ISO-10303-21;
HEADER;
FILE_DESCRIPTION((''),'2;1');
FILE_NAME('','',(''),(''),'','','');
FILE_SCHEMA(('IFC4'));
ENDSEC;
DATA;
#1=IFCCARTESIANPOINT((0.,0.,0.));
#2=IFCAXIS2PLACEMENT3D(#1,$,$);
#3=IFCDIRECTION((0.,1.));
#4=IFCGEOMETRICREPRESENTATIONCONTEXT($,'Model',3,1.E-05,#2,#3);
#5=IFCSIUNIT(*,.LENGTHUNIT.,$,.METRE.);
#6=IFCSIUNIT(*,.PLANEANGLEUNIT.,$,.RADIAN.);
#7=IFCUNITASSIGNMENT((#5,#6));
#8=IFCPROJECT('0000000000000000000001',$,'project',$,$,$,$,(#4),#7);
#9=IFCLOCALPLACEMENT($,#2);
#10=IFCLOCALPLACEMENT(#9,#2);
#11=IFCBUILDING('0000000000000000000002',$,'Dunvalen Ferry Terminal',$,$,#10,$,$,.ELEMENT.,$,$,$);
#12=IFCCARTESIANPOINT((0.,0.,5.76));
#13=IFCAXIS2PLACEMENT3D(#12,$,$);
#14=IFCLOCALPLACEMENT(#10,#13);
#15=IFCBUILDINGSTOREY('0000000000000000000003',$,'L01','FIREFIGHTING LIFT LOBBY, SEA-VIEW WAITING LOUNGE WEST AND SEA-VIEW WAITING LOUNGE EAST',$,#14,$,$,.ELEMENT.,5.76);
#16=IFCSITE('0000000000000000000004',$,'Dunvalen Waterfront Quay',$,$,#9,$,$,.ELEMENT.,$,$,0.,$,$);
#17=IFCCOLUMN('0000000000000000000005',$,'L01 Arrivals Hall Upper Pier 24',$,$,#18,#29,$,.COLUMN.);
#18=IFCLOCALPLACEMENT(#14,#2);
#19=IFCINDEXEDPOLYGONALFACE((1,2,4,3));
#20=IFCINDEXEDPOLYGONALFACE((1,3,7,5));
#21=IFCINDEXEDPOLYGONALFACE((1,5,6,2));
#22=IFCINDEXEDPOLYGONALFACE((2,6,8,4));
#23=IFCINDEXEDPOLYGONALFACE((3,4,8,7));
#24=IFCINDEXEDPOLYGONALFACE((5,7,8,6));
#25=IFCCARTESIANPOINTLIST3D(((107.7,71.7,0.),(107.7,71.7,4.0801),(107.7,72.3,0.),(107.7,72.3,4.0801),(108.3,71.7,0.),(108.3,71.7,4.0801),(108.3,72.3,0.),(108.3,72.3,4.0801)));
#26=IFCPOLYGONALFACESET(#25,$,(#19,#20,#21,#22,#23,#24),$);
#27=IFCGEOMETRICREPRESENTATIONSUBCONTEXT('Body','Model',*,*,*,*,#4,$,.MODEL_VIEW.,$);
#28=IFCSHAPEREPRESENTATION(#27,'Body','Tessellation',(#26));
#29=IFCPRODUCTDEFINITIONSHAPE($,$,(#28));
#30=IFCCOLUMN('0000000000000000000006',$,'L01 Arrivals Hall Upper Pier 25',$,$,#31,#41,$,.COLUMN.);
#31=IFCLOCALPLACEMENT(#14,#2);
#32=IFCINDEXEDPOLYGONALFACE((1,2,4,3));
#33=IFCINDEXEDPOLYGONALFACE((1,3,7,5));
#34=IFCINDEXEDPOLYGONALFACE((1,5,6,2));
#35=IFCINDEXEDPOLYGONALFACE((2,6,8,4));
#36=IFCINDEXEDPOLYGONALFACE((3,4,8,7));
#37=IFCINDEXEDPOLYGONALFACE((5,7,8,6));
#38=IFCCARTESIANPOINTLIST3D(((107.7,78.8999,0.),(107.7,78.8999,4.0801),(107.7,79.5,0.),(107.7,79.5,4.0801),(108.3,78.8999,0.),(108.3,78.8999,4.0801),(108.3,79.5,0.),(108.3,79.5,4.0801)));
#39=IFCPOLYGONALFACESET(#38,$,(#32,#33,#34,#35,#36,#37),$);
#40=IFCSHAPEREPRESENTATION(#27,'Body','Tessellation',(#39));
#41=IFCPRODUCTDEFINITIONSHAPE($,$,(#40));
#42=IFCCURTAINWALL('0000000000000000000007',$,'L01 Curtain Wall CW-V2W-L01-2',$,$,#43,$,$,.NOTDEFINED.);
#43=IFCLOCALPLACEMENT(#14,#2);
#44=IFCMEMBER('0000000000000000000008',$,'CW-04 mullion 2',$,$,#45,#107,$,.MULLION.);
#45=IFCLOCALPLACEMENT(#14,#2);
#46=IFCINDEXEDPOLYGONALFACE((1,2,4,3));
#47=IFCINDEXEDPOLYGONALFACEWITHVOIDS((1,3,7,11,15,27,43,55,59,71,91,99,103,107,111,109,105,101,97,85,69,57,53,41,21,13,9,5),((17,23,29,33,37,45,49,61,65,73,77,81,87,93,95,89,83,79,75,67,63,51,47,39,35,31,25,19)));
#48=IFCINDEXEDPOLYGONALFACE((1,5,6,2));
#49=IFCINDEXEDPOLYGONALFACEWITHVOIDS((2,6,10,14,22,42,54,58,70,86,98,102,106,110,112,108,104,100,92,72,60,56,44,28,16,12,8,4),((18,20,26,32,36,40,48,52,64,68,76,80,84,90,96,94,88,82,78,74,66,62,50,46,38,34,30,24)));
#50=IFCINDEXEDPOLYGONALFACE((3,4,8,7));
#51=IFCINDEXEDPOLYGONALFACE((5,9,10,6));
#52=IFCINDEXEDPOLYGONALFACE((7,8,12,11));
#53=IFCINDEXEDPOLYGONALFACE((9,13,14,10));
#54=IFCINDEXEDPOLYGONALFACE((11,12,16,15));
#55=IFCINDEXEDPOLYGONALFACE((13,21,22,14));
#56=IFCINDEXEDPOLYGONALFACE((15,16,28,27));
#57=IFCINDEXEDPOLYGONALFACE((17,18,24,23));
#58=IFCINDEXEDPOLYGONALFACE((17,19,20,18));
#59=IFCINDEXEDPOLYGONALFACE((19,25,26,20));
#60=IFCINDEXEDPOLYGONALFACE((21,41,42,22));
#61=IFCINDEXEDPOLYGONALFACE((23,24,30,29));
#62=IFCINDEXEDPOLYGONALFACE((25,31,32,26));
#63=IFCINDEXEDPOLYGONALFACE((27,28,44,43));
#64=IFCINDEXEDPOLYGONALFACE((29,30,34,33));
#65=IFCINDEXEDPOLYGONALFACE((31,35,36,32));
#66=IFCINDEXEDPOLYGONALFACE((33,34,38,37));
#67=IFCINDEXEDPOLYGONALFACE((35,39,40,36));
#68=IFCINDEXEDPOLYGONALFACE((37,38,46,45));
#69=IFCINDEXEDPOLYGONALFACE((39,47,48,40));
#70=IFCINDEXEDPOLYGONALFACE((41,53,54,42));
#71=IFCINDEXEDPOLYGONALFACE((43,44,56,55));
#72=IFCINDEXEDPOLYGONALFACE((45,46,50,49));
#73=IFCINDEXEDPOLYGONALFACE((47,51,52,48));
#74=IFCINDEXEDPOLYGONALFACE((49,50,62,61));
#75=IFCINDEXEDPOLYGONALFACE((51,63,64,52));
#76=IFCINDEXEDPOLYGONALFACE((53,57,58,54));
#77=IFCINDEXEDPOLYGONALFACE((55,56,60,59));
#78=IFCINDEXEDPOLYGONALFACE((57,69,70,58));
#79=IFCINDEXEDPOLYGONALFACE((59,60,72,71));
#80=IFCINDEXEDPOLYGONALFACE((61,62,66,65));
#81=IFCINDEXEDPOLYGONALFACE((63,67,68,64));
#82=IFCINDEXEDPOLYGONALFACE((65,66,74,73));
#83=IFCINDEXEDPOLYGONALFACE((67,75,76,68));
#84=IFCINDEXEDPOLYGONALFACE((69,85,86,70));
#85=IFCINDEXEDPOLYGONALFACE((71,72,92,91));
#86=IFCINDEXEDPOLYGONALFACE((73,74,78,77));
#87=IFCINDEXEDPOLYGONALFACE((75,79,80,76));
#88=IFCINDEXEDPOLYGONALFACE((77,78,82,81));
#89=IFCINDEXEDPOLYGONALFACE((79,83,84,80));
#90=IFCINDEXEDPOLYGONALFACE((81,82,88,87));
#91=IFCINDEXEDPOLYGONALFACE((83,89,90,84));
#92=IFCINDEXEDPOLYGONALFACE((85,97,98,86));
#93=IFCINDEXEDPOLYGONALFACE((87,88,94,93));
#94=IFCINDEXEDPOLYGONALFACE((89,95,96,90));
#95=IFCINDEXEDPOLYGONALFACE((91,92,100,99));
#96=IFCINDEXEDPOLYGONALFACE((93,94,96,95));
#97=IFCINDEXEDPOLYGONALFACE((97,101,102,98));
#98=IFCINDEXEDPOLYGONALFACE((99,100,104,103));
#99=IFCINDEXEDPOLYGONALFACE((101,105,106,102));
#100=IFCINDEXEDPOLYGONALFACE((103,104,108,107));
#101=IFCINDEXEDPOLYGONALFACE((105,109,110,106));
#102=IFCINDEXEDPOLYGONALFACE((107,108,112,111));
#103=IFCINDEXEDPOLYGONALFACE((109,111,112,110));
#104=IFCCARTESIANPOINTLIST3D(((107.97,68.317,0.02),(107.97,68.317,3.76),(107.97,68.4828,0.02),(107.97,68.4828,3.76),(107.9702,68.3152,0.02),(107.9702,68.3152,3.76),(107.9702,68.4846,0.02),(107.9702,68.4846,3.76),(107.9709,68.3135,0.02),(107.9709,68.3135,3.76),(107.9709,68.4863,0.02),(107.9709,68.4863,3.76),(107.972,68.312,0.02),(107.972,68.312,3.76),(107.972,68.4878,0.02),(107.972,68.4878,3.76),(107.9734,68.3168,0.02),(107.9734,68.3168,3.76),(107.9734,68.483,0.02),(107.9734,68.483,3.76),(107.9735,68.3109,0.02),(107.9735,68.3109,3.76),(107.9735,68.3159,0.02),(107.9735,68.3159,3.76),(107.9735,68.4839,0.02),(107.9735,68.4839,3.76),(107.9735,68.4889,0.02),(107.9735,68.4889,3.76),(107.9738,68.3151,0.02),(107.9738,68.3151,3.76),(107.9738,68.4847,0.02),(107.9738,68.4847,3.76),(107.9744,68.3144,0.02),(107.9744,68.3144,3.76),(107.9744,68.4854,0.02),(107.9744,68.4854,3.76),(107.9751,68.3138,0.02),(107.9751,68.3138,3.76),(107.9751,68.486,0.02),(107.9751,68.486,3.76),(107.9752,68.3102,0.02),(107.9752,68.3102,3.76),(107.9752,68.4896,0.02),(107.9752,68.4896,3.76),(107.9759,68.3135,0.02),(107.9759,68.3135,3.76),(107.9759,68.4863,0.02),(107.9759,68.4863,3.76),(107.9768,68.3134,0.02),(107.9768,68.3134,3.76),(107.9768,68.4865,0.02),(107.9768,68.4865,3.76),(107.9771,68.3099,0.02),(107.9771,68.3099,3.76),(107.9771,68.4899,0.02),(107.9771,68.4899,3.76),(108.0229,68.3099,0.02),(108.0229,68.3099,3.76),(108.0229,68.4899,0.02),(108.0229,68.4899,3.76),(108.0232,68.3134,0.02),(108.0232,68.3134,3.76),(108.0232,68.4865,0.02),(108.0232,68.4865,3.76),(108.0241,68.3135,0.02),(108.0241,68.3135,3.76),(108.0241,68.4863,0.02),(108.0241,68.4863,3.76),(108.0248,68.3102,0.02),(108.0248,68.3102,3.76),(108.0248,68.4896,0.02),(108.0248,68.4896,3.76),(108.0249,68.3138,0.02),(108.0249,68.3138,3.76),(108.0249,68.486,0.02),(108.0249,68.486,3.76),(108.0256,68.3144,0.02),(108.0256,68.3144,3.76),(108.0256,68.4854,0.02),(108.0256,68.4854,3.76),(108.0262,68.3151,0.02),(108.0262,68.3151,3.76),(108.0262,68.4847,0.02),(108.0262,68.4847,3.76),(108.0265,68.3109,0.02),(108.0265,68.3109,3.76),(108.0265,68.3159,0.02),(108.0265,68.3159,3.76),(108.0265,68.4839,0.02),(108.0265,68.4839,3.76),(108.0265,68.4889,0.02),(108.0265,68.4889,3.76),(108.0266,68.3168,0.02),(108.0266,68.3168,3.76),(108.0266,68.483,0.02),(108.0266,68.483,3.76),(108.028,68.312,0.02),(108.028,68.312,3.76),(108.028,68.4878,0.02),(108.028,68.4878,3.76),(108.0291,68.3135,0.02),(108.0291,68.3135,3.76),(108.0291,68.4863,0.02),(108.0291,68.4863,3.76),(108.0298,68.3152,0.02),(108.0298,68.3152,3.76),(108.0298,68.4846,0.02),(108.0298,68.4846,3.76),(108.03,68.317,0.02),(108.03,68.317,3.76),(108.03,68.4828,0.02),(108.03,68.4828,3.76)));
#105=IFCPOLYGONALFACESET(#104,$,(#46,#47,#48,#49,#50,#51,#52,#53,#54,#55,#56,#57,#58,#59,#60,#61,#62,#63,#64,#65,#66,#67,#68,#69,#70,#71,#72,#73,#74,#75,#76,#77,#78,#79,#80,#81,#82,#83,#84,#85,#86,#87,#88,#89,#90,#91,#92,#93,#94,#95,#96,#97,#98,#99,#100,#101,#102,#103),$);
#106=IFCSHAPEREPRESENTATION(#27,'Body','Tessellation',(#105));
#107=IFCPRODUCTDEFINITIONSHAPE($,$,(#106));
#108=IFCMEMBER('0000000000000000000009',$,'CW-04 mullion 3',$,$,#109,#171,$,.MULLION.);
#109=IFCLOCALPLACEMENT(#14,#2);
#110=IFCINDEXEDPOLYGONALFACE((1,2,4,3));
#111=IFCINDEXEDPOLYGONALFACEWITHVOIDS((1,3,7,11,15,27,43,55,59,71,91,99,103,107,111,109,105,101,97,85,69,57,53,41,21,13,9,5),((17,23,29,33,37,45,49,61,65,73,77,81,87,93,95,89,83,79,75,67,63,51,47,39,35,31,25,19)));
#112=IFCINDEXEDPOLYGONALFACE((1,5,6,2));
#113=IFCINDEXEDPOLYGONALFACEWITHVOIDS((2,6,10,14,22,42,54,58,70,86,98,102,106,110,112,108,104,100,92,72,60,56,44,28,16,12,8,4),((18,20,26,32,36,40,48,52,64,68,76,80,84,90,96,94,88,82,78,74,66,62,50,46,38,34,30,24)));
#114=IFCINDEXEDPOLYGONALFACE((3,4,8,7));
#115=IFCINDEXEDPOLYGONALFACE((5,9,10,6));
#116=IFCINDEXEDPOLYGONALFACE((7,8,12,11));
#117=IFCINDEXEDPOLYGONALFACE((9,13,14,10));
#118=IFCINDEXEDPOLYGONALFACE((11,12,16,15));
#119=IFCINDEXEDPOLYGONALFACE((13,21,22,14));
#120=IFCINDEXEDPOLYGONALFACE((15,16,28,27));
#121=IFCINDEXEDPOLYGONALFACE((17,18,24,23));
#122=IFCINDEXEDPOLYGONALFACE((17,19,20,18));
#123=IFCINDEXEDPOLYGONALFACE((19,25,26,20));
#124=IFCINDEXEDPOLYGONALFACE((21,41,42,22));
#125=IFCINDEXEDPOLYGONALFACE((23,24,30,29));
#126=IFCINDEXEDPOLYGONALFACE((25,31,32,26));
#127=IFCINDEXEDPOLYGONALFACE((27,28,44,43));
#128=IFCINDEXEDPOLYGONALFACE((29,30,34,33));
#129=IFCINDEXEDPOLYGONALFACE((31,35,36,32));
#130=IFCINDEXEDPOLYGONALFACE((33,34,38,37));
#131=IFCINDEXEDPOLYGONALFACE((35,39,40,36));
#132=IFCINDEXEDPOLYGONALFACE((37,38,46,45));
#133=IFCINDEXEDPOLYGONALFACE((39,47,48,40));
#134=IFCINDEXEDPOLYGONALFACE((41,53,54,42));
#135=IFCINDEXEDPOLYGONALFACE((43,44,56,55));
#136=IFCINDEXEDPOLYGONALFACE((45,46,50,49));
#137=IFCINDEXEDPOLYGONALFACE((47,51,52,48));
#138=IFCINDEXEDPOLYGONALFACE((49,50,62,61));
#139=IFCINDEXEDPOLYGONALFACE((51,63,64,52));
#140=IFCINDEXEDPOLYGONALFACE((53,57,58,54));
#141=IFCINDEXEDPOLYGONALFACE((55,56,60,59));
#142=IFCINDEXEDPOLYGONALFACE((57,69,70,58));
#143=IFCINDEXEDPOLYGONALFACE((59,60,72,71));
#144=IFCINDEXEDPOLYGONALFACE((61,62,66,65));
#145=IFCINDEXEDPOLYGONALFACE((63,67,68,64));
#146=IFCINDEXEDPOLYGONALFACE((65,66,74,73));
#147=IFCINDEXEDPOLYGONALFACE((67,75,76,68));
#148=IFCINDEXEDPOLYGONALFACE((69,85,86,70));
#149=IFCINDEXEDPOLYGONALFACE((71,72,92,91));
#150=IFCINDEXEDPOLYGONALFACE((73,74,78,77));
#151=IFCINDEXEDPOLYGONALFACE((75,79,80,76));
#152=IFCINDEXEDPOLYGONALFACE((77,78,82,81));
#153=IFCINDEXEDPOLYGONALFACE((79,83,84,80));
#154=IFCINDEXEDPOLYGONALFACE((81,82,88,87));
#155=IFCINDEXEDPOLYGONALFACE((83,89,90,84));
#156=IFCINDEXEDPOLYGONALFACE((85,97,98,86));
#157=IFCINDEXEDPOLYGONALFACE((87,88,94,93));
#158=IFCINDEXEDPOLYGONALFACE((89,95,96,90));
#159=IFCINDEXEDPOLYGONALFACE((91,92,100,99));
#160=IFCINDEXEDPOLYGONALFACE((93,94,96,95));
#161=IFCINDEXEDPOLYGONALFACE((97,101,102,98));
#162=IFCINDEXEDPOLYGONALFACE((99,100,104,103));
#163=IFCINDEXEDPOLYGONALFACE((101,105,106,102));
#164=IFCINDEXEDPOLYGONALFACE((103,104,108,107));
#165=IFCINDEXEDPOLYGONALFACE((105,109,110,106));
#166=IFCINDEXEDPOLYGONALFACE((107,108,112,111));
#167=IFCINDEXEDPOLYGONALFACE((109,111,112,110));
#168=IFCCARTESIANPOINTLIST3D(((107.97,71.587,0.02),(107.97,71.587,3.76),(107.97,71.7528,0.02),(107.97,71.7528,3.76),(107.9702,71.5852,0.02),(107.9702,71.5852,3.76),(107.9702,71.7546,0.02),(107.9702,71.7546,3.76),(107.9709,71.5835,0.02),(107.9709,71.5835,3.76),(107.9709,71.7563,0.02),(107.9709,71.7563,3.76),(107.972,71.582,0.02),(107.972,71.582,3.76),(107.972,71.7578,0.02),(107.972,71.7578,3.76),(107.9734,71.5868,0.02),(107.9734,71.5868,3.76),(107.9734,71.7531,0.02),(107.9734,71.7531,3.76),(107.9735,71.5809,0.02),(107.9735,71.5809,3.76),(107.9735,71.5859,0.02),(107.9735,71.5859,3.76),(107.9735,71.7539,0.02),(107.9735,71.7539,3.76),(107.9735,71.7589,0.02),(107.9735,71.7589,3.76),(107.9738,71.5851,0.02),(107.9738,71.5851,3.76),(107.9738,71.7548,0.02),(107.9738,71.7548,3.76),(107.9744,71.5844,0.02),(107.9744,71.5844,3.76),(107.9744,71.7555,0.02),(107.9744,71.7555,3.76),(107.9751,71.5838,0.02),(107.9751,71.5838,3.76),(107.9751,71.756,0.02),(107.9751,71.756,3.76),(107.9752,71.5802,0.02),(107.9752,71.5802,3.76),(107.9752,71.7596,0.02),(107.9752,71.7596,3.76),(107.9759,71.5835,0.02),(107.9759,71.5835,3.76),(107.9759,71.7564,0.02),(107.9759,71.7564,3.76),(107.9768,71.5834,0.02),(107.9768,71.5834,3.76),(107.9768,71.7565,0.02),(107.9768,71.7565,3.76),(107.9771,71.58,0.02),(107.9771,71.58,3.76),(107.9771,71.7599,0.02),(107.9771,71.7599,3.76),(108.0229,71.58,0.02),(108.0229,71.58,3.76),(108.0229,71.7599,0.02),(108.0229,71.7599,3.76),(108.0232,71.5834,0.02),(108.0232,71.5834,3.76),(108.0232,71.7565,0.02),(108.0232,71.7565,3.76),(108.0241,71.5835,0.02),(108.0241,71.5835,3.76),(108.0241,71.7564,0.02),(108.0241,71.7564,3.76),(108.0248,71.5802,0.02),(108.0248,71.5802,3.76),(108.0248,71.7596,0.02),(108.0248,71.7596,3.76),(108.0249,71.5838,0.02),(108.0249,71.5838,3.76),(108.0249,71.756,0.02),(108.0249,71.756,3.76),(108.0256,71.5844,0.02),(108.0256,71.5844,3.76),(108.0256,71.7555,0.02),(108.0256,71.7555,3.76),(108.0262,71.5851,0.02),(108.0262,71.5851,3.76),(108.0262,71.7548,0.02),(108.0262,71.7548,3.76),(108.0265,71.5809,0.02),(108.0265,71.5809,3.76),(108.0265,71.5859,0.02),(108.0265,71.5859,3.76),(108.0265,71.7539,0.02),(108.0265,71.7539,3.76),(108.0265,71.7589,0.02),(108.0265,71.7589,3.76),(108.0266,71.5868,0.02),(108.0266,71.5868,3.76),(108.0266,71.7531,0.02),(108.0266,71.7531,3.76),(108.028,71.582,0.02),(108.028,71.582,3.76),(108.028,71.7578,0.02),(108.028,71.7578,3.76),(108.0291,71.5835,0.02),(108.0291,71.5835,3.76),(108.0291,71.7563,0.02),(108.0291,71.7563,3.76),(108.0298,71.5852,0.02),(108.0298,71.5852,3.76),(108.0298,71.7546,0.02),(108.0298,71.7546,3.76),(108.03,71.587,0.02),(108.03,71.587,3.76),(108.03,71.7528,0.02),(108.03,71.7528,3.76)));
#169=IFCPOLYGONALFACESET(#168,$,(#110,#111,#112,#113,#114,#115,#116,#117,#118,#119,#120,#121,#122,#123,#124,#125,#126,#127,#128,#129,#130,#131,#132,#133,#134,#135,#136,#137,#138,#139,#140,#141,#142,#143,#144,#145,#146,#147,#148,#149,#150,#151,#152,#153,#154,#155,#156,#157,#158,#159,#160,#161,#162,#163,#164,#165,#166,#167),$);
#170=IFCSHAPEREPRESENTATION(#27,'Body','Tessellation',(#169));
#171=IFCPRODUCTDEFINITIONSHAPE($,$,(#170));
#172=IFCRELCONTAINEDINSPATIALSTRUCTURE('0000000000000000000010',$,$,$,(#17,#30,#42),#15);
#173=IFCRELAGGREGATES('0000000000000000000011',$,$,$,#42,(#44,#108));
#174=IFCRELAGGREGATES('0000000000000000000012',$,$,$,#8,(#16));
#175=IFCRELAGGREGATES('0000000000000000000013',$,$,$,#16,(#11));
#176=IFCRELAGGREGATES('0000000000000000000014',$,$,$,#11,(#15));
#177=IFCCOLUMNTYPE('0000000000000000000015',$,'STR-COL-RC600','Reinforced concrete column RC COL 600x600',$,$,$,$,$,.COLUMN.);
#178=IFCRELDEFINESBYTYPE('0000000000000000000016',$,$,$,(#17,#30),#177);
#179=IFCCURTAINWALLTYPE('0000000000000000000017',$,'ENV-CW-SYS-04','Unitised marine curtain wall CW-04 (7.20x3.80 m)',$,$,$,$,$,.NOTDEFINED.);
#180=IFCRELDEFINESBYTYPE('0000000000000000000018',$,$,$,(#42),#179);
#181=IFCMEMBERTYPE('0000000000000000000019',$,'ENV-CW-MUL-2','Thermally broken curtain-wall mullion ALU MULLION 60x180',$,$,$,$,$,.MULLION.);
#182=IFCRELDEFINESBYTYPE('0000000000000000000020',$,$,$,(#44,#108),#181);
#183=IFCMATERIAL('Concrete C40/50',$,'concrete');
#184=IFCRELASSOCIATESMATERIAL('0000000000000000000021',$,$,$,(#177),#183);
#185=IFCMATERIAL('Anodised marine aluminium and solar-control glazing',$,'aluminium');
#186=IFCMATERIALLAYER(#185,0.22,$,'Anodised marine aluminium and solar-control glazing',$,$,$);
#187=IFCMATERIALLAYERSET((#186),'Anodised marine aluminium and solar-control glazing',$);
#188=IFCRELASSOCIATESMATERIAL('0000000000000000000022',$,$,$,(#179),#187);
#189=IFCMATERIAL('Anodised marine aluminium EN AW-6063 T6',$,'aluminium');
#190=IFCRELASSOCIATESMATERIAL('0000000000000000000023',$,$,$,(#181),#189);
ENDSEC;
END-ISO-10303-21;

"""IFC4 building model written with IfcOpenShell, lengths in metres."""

from ifc_helpers import new_model, si_unit, direction, frame, origin, origin_2d, place, context, subcontext, project, spatial, rectangle, hollow_rectangle, extrude, material, layer, layer_set, material_profile, profile_set, type_object, element, aggregate, save


model = new_model("IFC4")

# Units and contexts
model_context = context("Model", 3, precision=1e-05, world=origin(), true_north=direction((0.0, 1.0)))
body_context = subcontext(model_context, "Body", "Model", "MODEL_VIEW")
ifc_project = project(units=[si_unit("LENGTHUNIT", "METRE"), si_unit("PLANEANGLEUNIT", "RADIAN")], contexts=[model_context])

# Site, building, storey
site_placement = place(None, origin())
site = spatial("IfcSite", under=ifc_project, at=site_placement, Name="Dunvalen Waterfront Quay", CompositionType="ELEMENT", RefElevation=0.0)
building_placement = place(site_placement, origin())
building = spatial("IfcBuilding", under=site, at=building_placement, Name="Dunvalen Ferry Terminal", CompositionType="ELEMENT")
storey_placement = place(building_placement, frame((0.0, 0.0, 5.76)))
storey = spatial("IfcBuildingStorey", under=building, at=storey_placement, Name="L01", Description="FIREFIGHTING LIFT LOBBY, SEA-VIEW WAITING LOUNGE WEST AND SEA-VIEW WAITING LOUNGE EAST", CompositionType="ELEMENT", Elevation=5.76)

# Columns
ifc_material_1 = material(Name="Concrete C40/50", Category="concrete")
ifc_material_profile_1 = material_profile(ifc_material_1, rectangle(XDim=0.6001, YDim=0.6001, at=origin_2d()), Name="Concrete C40/50")
ifc_profile_set_1 = profile_set([ifc_material_profile_1], Name="Concrete C40/50")
column_type = type_object("IfcColumnType", Name="STR-COL-RC600", Description="Reinforced concrete column RC COL 600x600", PredefinedType="COLUMN", material=ifc_profile_set_1)
for number, where, z_axis, x_axis, name in (
    (1, (108.0, 72.0, 0.0), (0.0, 0.0, 1.0), (1.0, 0.0, 0.0), "L01 Arrivals Hall Upper Pier 24"),
    (2, (108.0, 79.2, 0.0), (0.0, 0.0, 1.0), (1.0, 0.0, 0.0), "L01 Arrivals Hall Upper Pier 25"),
):
    element("IfcColumn", number, at=place(storey_placement, frame(where, z_axis=z_axis, x_axis=x_axis)), inside=storey, type_object=column_type, Name=name, PredefinedType="COLUMN", context=body_context, shape_type="SweptSolid", body=[
        extrude(rectangle(XDim=0.6001, YDim=0.6001, at=origin_2d()), origin(), (0.0, 0.0, 1.0), 4.0801),
    ])

# Curtain wall, members
ifc_material_2 = material(Name="Anodised marine aluminium and solar-control glazing", Category="aluminium")
ifc_layer_1 = layer(ifc_material_2, 0.22, Name="Anodised marine aluminium and solar-control glazing")
ifc_layer_set_1 = layer_set([ifc_layer_1], Name="Anodised marine aluminium and solar-control glazing")
curtain_wall_type_1 = type_object("IfcCurtainWallType", Name="ENV-CW-SYS-04", Description="Unitised marine curtain wall CW-04 (7.20x3.80 m)", PredefinedType="NOTDEFINED", material=ifc_layer_set_1)
curtain_wall_1_placement = place(storey_placement, origin())
curtain_wall_1 = element("IfcCurtainWall", 3, at=curtain_wall_1_placement, inside=storey, type_object=curtain_wall_type_1, Name="L01 Curtain Wall CW-V2W-L01-2", PredefinedType="NOTDEFINED")
ifc_material_3 = material(Name="Anodised marine aluminium EN AW-6063 T6", Category="aluminium")
ifc_material_profile_2 = material_profile(ifc_material_3, hollow_rectangle(XDim=0.0601, YDim=0.1799, WallThickness=0.0034, InnerFilletRadius=0.0034, OuterFilletRadius=0.0071, at=origin_2d()), Name="Anodised marine aluminium EN AW-6063 T6")
ifc_profile_set_2 = profile_set([ifc_material_profile_2], Name="Anodised marine aluminium EN AW-6063 T6")
member_type_1 = type_object("IfcMemberType", Name="ENV-CW-MUL-2", Description="Thermally broken curtain-wall mullion ALU MULLION 60x180", PredefinedType="MULLION", material=ifc_profile_set_2)
member_1_placement = place(storey_placement, frame((108.0, 68.3999, 0.02), z_axis=(0.0, 0.0, 1.0), x_axis=(-1.0, 0.0, 0.0)))
member_1 = element("IfcMember", 4, at=member_1_placement, type_object=member_type_1, Name="CW-04 mullion 2", PredefinedType="MULLION", context=body_context, shape_type="SweptSolid", body=[
    extrude(hollow_rectangle(XDim=0.0601, YDim=0.1799, WallThickness=0.0034, InnerFilletRadius=0.0034, OuterFilletRadius=0.0071, at=origin_2d()), origin(), (0.0, 0.0, 1.0), 3.74),
])
member_2_placement = place(storey_placement, frame((108.0, 71.6699, 0.02), z_axis=(0.0, 0.0, 1.0), x_axis=(-1.0, 0.0, 0.0)))
member_2 = element("IfcMember", 5, at=member_2_placement, type_object=member_type_1, Name="CW-04 mullion 3", PredefinedType="MULLION", context=body_context, shape_type="SweptSolid", body=[
    extrude(hollow_rectangle(XDim=0.0601, YDim=0.1799, WallThickness=0.0034, InnerFilletRadius=0.0034, OuterFilletRadius=0.0071, at=origin_2d()), origin(), (0.0, 0.0, 1.0), 3.74),
])

aggregate(curtain_wall_1, [member_1, member_2])

save(model, "model.ifc")
